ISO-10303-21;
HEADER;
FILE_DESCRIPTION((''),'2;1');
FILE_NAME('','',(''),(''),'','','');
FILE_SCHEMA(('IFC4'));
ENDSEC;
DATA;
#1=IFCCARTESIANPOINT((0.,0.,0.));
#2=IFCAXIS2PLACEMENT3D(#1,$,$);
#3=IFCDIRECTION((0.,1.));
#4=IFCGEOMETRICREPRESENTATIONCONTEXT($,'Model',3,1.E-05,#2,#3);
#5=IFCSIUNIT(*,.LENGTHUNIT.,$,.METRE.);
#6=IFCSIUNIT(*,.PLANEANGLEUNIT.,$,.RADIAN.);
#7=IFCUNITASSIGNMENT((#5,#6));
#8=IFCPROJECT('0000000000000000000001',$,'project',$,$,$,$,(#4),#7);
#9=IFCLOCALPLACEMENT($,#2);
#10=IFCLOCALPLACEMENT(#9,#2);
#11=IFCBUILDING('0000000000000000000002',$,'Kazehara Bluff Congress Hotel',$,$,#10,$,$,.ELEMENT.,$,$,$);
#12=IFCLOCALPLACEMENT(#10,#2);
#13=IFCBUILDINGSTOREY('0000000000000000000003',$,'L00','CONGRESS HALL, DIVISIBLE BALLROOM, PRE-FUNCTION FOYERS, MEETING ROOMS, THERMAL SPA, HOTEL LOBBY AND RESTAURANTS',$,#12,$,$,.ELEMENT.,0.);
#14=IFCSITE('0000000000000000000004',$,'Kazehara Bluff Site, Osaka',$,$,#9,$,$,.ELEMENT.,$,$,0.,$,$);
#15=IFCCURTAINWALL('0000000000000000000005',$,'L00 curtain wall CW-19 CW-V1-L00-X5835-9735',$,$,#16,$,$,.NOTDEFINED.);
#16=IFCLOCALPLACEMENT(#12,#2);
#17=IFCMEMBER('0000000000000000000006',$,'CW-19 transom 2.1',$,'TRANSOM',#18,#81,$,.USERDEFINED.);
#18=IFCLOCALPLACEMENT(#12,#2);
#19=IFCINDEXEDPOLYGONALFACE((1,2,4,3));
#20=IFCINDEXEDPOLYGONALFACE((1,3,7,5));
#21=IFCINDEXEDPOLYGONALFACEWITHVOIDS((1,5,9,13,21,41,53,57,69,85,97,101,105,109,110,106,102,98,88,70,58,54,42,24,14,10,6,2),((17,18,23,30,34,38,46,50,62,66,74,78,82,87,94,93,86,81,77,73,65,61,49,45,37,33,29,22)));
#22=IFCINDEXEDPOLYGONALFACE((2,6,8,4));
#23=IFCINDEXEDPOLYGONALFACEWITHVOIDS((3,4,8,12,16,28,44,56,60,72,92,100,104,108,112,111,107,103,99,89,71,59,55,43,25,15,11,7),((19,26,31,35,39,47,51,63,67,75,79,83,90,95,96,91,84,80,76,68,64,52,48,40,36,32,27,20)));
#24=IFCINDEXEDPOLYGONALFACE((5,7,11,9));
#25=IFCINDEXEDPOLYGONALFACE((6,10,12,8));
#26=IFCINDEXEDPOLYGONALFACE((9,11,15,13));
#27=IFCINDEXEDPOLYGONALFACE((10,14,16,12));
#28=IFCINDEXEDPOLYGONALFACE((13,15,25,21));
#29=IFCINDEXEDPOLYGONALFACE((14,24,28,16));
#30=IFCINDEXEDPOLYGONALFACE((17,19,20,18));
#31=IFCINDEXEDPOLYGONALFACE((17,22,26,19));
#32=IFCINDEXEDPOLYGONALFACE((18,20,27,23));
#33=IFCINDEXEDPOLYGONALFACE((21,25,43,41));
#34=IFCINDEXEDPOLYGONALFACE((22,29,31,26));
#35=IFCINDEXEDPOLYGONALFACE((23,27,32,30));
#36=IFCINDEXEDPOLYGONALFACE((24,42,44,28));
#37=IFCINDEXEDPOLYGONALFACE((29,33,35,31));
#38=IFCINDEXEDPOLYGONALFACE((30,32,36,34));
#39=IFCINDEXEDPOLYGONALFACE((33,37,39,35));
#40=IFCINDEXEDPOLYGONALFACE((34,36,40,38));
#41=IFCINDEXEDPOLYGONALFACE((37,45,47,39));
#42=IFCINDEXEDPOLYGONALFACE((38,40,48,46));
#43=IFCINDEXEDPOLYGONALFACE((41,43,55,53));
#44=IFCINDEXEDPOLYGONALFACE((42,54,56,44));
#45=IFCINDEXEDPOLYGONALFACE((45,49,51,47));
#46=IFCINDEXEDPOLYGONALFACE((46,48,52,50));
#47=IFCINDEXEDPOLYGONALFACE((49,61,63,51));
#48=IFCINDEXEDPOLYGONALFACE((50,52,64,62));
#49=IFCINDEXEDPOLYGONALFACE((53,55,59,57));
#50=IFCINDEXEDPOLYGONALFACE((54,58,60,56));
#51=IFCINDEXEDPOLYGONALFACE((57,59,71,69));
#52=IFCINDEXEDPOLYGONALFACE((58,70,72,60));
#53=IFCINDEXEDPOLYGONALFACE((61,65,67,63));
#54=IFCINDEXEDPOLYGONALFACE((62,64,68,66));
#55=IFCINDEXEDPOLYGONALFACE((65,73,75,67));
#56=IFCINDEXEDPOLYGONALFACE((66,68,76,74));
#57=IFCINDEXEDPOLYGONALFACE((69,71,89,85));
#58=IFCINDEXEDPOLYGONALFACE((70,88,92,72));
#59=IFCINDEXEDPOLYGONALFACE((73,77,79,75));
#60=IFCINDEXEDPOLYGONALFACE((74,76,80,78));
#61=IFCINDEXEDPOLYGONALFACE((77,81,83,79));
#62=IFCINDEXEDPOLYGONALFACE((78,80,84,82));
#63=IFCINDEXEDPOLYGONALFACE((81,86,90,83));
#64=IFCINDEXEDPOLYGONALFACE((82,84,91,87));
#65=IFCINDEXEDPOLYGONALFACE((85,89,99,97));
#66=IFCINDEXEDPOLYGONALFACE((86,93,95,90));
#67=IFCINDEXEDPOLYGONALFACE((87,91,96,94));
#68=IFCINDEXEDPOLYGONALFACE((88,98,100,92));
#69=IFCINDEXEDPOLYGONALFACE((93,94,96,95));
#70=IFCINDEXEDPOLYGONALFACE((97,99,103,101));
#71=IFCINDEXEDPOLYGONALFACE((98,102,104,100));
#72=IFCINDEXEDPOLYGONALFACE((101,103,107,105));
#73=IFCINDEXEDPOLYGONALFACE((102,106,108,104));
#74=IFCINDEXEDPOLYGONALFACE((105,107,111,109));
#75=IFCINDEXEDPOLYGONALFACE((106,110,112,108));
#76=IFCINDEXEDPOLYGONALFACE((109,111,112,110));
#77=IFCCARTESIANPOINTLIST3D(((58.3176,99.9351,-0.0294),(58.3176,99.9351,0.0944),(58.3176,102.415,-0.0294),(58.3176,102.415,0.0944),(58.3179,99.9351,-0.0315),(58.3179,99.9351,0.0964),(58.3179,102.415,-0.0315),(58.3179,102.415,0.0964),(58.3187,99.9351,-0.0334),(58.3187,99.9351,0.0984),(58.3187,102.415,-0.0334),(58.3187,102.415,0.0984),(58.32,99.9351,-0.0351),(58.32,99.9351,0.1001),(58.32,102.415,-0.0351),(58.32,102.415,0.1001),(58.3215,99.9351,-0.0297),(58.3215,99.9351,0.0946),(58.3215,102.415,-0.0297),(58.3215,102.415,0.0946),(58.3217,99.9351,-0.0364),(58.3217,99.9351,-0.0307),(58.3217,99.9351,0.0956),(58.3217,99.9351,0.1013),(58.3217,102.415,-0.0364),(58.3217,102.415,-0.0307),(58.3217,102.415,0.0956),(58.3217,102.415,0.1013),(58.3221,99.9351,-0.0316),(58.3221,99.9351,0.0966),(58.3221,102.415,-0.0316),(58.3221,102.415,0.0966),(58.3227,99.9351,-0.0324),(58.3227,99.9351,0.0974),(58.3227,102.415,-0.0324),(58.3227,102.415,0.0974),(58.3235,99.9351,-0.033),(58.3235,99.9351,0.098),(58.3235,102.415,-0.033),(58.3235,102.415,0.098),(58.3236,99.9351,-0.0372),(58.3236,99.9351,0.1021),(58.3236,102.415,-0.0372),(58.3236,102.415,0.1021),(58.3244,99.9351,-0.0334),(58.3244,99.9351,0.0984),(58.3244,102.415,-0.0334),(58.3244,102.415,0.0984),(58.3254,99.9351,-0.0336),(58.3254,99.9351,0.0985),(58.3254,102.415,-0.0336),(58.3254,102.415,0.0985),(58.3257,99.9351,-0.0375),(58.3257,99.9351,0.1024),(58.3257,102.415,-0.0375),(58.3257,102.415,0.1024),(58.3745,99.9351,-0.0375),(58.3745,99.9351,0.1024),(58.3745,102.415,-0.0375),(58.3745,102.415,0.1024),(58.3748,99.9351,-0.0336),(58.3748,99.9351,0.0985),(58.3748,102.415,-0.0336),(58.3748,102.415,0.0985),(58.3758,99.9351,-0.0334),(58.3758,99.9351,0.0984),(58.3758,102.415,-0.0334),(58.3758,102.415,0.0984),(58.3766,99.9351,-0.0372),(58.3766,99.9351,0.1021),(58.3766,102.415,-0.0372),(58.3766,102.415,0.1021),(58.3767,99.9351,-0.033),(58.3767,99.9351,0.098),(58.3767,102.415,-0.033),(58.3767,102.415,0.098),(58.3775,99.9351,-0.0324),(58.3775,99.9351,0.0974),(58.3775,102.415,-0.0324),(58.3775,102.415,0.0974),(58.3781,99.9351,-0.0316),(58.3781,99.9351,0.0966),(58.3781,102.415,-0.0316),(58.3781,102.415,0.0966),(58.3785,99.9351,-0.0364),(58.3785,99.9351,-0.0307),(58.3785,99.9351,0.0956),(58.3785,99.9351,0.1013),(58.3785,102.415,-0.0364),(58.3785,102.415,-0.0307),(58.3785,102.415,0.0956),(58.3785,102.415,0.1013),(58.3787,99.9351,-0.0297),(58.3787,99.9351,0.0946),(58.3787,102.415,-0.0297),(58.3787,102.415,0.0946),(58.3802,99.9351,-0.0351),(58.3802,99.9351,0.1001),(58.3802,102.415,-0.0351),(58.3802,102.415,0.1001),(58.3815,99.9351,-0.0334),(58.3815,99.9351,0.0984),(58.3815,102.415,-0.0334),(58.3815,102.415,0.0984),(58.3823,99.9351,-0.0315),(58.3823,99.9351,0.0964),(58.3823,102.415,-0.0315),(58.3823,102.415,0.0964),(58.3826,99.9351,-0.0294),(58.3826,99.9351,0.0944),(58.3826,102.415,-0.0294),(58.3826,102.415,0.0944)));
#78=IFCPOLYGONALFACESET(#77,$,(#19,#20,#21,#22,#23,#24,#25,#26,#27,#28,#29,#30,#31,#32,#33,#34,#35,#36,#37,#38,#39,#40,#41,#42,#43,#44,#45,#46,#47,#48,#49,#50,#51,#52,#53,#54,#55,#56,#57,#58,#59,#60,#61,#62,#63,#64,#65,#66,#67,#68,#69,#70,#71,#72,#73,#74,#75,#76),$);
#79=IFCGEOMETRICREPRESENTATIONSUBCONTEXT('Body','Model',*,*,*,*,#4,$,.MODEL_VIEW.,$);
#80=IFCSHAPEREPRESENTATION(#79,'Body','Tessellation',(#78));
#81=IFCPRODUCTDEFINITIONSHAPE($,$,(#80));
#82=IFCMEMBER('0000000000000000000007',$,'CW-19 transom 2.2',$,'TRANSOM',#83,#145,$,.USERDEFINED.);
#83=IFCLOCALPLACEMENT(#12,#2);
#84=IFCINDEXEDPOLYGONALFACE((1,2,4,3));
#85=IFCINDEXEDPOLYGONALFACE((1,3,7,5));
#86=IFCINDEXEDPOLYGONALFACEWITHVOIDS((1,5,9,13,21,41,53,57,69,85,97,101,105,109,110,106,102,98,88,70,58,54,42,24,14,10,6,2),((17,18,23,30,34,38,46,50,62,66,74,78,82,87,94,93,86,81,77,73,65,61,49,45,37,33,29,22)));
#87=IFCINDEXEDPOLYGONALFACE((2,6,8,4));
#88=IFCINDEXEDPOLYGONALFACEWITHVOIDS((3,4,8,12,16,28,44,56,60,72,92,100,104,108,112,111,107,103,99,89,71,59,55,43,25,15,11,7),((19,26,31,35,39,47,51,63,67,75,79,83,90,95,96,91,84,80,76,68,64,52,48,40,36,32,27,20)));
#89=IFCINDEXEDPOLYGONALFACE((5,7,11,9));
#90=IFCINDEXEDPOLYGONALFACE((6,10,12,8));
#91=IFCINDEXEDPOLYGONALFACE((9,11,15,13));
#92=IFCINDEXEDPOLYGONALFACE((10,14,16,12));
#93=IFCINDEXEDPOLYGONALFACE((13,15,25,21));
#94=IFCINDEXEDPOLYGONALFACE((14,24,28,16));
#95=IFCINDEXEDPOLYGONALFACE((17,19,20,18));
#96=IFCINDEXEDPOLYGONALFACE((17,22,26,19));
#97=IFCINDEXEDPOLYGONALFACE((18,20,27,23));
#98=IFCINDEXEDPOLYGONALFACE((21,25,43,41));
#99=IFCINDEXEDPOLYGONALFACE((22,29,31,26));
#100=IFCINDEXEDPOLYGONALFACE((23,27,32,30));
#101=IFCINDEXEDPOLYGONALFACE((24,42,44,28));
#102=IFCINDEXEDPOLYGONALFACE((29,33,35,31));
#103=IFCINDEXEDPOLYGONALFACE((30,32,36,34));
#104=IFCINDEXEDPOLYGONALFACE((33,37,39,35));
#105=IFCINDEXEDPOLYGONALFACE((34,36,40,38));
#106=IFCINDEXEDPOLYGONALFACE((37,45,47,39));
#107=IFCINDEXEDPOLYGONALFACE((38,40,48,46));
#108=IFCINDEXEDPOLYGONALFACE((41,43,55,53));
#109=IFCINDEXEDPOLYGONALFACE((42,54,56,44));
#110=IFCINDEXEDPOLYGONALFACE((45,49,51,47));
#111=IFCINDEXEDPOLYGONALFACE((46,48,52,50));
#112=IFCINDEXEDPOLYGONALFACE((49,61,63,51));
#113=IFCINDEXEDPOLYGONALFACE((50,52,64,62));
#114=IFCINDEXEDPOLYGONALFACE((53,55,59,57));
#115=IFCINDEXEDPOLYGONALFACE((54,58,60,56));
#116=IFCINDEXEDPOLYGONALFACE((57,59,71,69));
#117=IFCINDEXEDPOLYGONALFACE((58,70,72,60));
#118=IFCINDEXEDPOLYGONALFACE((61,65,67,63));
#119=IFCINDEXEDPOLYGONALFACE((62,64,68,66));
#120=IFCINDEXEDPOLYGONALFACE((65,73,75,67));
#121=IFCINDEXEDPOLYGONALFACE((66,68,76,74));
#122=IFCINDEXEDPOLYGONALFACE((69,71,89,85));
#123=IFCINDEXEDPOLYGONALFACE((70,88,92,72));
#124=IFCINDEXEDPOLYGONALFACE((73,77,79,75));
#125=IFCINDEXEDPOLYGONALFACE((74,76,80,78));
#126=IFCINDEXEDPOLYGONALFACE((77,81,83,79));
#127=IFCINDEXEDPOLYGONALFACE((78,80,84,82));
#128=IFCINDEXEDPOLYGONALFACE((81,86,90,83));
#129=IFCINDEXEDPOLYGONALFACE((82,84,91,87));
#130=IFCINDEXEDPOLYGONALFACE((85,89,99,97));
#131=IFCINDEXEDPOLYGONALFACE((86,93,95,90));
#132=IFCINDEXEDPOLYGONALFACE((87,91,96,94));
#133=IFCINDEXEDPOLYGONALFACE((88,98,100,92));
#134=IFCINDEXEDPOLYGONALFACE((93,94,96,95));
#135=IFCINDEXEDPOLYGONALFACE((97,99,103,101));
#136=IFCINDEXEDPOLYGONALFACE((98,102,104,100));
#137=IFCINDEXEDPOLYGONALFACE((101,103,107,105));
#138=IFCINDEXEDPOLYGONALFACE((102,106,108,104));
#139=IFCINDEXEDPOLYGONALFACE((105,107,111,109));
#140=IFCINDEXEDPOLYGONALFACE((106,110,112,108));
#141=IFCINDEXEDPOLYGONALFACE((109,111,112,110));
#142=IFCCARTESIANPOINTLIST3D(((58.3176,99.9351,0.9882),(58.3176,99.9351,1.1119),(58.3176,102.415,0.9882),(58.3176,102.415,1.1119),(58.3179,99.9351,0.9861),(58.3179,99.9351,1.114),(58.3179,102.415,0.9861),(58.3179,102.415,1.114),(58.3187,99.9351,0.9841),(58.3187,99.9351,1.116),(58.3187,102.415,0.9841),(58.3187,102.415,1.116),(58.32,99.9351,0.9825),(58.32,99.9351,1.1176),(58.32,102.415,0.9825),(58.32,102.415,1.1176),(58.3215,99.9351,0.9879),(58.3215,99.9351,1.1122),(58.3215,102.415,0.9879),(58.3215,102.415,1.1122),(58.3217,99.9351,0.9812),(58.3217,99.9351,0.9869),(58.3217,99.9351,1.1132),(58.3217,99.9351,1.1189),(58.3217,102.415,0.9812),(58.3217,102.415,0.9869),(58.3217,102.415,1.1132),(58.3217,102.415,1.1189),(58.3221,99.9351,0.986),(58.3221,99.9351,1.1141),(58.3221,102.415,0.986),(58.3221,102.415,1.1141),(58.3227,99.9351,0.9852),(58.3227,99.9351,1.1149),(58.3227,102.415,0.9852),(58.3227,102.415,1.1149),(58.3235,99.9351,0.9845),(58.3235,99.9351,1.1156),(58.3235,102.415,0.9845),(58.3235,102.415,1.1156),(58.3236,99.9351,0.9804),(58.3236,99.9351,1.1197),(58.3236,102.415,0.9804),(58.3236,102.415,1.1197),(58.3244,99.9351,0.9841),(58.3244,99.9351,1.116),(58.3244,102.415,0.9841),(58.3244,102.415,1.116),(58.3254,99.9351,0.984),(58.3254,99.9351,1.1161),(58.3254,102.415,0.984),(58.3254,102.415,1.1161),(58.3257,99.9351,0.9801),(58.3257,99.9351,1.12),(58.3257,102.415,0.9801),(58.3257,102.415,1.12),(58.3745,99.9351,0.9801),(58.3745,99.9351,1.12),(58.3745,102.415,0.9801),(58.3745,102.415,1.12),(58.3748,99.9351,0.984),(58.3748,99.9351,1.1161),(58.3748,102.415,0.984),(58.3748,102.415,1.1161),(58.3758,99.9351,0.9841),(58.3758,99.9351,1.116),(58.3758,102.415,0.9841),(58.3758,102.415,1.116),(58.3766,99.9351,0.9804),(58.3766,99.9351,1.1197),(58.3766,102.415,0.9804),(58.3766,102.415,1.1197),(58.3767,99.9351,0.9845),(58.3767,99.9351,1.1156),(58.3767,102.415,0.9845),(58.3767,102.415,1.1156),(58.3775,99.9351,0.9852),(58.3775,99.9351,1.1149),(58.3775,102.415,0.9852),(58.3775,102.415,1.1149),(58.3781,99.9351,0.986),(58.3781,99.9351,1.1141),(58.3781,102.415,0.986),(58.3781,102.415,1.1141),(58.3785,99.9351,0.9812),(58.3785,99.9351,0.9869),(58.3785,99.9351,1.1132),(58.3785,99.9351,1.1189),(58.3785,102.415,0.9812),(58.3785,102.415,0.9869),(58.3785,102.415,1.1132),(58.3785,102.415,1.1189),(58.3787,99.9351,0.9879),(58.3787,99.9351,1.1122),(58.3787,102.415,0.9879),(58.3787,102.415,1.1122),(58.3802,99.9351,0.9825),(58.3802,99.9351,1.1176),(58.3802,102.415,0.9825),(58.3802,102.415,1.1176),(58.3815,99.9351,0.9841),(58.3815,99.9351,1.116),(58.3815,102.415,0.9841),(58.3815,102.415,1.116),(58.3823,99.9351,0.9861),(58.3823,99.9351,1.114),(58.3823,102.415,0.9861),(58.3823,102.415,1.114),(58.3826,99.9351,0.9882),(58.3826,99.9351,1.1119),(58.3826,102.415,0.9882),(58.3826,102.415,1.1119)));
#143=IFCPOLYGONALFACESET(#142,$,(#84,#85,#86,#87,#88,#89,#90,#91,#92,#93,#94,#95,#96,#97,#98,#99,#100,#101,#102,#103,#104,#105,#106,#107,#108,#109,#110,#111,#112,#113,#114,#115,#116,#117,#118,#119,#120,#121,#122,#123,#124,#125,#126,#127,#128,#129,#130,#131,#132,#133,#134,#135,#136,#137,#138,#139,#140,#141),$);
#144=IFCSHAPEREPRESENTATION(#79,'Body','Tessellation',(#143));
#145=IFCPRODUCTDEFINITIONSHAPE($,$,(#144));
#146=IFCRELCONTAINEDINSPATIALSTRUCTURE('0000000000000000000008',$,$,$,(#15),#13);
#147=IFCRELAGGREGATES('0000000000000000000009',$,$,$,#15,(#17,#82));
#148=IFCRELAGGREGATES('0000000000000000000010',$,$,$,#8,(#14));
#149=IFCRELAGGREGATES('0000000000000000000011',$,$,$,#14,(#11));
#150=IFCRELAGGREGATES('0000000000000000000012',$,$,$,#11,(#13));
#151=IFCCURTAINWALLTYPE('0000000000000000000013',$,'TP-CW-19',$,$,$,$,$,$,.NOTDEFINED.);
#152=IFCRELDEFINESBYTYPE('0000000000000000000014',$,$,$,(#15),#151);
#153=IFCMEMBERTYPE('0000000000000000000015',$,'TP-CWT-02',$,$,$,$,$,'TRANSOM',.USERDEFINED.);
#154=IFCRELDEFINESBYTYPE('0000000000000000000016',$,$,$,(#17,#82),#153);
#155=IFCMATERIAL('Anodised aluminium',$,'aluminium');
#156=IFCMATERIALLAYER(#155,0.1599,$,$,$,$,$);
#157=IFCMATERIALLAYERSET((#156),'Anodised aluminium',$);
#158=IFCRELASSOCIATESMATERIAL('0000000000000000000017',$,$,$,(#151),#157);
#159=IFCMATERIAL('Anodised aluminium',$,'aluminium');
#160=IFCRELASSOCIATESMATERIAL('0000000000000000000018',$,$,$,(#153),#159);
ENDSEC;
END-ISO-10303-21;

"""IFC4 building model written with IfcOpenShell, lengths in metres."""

from ifc_helpers import new_model, si_unit, direction, frame, origin, origin_2d, place, context, subcontext, project, spatial, hollow_rectangle, extrude, material, layer, layer_set, material_profile, profile_set, type_object, element, aggregate, save


model = new_model("IFC4")

# Units and contexts
model_context = context("Model", 3, precision=1e-05, world=origin(), true_north=direction((0.0, 1.0)))
body_context = subcontext(model_context, "Body", "Model", "MODEL_VIEW")
ifc_project = project(units=[si_unit("LENGTHUNIT", "METRE"), si_unit("PLANEANGLEUNIT", "RADIAN")], contexts=[model_context])

# Site, building, storey
site_placement = place(None, origin())
site = spatial("IfcSite", under=ifc_project, at=site_placement, Name="Kazehara Bluff Site, Osaka", CompositionType="ELEMENT", RefElevation=0.0)
building_placement = place(site_placement, origin())
building = spatial("IfcBuilding", under=site, at=building_placement, Name="Kazehara Bluff Congress Hotel", CompositionType="ELEMENT")
storey_placement = place(building_placement, origin())
storey = spatial("IfcBuildingStorey", under=building, at=storey_placement, Name="L00", Description="CONGRESS HALL, DIVISIBLE BALLROOM, PRE-FUNCTION FOYERS, MEETING ROOMS, THERMAL SPA, HOTEL LOBBY AND RESTAURANTS", CompositionType="ELEMENT", Elevation=0.0)

# Curtain wall, members
ifc_material_1 = material(Name="Anodised aluminium", Category="aluminium")
ifc_layer_1 = layer(ifc_material_1, 0.1599)
ifc_layer_set_1 = layer_set([ifc_layer_1], Name="Anodised aluminium")
curtain_wall_type_1 = type_object("IfcCurtainWallType", Name="TP-CW-19", PredefinedType="NOTDEFINED", material=ifc_layer_set_1)
curtain_wall_1_placement = place(storey_placement, origin())
curtain_wall_1 = element("IfcCurtainWall", 1, at=curtain_wall_1_placement, inside=storey, type_object=curtain_wall_type_1, Name="L00 curtain wall CW-19 CW-V1-L00-X5835-9735", PredefinedType="NOTDEFINED")
ifc_material_2 = material(Name="Anodised aluminium", Category="aluminium")
ifc_material_profile_1 = material_profile(ifc_material_2, hollow_rectangle(XDim=0.0649, YDim=0.1399, WallThickness=0.0039, InnerFilletRadius=0.0039, OuterFilletRadius=0.0081, at=origin_2d()))
ifc_profile_set_1 = profile_set([ifc_material_profile_1], Name="Anodised aluminium")
member_type_1 = type_object("IfcMemberType", Name="TP-CWT-02", ElementType="TRANSOM", PredefinedType="USERDEFINED", material=ifc_profile_set_1)
member_1_placement = place(storey_placement, frame((58.3501, 99.9351, 0.0325), z_axis=(0.0, 1.0, 0.0), x_axis=(-1.0, 0.0, 0.0)))
member_1 = element("IfcMember", 2, at=member_1_placement, type_object=member_type_1, Name="CW-19 transom 2.1", ObjectType="TRANSOM", PredefinedType="USERDEFINED", context=body_context, shape_type="SweptSolid", body=[
    extrude(hollow_rectangle(XDim=0.0649, YDim=0.1399, WallThickness=0.0039, InnerFilletRadius=0.0039, OuterFilletRadius=0.0081, at=origin_2d()), origin(), (0.0, 0.0, 1.0), 2.48),
])
member_2_placement = place(storey_placement, frame((58.3501, 99.9351, 1.05), z_axis=(0.0, 1.0, 0.0), x_axis=(-1.0, 0.0, 0.0)))
member_2 = element("IfcMember", 3, at=member_2_placement, type_object=member_type_1, Name="CW-19 transom 2.2", ObjectType="TRANSOM", PredefinedType="USERDEFINED", context=body_context, shape_type="SweptSolid", body=[
    extrude(hollow_rectangle(XDim=0.0649, YDim=0.1399, WallThickness=0.0039, InnerFilletRadius=0.0039, OuterFilletRadius=0.0081, at=origin_2d()), origin(), (0.0, 0.0, 1.0), 2.48),
])

aggregate(curtain_wall_1, [member_1, member_2])

save(model, "model.ifc")
